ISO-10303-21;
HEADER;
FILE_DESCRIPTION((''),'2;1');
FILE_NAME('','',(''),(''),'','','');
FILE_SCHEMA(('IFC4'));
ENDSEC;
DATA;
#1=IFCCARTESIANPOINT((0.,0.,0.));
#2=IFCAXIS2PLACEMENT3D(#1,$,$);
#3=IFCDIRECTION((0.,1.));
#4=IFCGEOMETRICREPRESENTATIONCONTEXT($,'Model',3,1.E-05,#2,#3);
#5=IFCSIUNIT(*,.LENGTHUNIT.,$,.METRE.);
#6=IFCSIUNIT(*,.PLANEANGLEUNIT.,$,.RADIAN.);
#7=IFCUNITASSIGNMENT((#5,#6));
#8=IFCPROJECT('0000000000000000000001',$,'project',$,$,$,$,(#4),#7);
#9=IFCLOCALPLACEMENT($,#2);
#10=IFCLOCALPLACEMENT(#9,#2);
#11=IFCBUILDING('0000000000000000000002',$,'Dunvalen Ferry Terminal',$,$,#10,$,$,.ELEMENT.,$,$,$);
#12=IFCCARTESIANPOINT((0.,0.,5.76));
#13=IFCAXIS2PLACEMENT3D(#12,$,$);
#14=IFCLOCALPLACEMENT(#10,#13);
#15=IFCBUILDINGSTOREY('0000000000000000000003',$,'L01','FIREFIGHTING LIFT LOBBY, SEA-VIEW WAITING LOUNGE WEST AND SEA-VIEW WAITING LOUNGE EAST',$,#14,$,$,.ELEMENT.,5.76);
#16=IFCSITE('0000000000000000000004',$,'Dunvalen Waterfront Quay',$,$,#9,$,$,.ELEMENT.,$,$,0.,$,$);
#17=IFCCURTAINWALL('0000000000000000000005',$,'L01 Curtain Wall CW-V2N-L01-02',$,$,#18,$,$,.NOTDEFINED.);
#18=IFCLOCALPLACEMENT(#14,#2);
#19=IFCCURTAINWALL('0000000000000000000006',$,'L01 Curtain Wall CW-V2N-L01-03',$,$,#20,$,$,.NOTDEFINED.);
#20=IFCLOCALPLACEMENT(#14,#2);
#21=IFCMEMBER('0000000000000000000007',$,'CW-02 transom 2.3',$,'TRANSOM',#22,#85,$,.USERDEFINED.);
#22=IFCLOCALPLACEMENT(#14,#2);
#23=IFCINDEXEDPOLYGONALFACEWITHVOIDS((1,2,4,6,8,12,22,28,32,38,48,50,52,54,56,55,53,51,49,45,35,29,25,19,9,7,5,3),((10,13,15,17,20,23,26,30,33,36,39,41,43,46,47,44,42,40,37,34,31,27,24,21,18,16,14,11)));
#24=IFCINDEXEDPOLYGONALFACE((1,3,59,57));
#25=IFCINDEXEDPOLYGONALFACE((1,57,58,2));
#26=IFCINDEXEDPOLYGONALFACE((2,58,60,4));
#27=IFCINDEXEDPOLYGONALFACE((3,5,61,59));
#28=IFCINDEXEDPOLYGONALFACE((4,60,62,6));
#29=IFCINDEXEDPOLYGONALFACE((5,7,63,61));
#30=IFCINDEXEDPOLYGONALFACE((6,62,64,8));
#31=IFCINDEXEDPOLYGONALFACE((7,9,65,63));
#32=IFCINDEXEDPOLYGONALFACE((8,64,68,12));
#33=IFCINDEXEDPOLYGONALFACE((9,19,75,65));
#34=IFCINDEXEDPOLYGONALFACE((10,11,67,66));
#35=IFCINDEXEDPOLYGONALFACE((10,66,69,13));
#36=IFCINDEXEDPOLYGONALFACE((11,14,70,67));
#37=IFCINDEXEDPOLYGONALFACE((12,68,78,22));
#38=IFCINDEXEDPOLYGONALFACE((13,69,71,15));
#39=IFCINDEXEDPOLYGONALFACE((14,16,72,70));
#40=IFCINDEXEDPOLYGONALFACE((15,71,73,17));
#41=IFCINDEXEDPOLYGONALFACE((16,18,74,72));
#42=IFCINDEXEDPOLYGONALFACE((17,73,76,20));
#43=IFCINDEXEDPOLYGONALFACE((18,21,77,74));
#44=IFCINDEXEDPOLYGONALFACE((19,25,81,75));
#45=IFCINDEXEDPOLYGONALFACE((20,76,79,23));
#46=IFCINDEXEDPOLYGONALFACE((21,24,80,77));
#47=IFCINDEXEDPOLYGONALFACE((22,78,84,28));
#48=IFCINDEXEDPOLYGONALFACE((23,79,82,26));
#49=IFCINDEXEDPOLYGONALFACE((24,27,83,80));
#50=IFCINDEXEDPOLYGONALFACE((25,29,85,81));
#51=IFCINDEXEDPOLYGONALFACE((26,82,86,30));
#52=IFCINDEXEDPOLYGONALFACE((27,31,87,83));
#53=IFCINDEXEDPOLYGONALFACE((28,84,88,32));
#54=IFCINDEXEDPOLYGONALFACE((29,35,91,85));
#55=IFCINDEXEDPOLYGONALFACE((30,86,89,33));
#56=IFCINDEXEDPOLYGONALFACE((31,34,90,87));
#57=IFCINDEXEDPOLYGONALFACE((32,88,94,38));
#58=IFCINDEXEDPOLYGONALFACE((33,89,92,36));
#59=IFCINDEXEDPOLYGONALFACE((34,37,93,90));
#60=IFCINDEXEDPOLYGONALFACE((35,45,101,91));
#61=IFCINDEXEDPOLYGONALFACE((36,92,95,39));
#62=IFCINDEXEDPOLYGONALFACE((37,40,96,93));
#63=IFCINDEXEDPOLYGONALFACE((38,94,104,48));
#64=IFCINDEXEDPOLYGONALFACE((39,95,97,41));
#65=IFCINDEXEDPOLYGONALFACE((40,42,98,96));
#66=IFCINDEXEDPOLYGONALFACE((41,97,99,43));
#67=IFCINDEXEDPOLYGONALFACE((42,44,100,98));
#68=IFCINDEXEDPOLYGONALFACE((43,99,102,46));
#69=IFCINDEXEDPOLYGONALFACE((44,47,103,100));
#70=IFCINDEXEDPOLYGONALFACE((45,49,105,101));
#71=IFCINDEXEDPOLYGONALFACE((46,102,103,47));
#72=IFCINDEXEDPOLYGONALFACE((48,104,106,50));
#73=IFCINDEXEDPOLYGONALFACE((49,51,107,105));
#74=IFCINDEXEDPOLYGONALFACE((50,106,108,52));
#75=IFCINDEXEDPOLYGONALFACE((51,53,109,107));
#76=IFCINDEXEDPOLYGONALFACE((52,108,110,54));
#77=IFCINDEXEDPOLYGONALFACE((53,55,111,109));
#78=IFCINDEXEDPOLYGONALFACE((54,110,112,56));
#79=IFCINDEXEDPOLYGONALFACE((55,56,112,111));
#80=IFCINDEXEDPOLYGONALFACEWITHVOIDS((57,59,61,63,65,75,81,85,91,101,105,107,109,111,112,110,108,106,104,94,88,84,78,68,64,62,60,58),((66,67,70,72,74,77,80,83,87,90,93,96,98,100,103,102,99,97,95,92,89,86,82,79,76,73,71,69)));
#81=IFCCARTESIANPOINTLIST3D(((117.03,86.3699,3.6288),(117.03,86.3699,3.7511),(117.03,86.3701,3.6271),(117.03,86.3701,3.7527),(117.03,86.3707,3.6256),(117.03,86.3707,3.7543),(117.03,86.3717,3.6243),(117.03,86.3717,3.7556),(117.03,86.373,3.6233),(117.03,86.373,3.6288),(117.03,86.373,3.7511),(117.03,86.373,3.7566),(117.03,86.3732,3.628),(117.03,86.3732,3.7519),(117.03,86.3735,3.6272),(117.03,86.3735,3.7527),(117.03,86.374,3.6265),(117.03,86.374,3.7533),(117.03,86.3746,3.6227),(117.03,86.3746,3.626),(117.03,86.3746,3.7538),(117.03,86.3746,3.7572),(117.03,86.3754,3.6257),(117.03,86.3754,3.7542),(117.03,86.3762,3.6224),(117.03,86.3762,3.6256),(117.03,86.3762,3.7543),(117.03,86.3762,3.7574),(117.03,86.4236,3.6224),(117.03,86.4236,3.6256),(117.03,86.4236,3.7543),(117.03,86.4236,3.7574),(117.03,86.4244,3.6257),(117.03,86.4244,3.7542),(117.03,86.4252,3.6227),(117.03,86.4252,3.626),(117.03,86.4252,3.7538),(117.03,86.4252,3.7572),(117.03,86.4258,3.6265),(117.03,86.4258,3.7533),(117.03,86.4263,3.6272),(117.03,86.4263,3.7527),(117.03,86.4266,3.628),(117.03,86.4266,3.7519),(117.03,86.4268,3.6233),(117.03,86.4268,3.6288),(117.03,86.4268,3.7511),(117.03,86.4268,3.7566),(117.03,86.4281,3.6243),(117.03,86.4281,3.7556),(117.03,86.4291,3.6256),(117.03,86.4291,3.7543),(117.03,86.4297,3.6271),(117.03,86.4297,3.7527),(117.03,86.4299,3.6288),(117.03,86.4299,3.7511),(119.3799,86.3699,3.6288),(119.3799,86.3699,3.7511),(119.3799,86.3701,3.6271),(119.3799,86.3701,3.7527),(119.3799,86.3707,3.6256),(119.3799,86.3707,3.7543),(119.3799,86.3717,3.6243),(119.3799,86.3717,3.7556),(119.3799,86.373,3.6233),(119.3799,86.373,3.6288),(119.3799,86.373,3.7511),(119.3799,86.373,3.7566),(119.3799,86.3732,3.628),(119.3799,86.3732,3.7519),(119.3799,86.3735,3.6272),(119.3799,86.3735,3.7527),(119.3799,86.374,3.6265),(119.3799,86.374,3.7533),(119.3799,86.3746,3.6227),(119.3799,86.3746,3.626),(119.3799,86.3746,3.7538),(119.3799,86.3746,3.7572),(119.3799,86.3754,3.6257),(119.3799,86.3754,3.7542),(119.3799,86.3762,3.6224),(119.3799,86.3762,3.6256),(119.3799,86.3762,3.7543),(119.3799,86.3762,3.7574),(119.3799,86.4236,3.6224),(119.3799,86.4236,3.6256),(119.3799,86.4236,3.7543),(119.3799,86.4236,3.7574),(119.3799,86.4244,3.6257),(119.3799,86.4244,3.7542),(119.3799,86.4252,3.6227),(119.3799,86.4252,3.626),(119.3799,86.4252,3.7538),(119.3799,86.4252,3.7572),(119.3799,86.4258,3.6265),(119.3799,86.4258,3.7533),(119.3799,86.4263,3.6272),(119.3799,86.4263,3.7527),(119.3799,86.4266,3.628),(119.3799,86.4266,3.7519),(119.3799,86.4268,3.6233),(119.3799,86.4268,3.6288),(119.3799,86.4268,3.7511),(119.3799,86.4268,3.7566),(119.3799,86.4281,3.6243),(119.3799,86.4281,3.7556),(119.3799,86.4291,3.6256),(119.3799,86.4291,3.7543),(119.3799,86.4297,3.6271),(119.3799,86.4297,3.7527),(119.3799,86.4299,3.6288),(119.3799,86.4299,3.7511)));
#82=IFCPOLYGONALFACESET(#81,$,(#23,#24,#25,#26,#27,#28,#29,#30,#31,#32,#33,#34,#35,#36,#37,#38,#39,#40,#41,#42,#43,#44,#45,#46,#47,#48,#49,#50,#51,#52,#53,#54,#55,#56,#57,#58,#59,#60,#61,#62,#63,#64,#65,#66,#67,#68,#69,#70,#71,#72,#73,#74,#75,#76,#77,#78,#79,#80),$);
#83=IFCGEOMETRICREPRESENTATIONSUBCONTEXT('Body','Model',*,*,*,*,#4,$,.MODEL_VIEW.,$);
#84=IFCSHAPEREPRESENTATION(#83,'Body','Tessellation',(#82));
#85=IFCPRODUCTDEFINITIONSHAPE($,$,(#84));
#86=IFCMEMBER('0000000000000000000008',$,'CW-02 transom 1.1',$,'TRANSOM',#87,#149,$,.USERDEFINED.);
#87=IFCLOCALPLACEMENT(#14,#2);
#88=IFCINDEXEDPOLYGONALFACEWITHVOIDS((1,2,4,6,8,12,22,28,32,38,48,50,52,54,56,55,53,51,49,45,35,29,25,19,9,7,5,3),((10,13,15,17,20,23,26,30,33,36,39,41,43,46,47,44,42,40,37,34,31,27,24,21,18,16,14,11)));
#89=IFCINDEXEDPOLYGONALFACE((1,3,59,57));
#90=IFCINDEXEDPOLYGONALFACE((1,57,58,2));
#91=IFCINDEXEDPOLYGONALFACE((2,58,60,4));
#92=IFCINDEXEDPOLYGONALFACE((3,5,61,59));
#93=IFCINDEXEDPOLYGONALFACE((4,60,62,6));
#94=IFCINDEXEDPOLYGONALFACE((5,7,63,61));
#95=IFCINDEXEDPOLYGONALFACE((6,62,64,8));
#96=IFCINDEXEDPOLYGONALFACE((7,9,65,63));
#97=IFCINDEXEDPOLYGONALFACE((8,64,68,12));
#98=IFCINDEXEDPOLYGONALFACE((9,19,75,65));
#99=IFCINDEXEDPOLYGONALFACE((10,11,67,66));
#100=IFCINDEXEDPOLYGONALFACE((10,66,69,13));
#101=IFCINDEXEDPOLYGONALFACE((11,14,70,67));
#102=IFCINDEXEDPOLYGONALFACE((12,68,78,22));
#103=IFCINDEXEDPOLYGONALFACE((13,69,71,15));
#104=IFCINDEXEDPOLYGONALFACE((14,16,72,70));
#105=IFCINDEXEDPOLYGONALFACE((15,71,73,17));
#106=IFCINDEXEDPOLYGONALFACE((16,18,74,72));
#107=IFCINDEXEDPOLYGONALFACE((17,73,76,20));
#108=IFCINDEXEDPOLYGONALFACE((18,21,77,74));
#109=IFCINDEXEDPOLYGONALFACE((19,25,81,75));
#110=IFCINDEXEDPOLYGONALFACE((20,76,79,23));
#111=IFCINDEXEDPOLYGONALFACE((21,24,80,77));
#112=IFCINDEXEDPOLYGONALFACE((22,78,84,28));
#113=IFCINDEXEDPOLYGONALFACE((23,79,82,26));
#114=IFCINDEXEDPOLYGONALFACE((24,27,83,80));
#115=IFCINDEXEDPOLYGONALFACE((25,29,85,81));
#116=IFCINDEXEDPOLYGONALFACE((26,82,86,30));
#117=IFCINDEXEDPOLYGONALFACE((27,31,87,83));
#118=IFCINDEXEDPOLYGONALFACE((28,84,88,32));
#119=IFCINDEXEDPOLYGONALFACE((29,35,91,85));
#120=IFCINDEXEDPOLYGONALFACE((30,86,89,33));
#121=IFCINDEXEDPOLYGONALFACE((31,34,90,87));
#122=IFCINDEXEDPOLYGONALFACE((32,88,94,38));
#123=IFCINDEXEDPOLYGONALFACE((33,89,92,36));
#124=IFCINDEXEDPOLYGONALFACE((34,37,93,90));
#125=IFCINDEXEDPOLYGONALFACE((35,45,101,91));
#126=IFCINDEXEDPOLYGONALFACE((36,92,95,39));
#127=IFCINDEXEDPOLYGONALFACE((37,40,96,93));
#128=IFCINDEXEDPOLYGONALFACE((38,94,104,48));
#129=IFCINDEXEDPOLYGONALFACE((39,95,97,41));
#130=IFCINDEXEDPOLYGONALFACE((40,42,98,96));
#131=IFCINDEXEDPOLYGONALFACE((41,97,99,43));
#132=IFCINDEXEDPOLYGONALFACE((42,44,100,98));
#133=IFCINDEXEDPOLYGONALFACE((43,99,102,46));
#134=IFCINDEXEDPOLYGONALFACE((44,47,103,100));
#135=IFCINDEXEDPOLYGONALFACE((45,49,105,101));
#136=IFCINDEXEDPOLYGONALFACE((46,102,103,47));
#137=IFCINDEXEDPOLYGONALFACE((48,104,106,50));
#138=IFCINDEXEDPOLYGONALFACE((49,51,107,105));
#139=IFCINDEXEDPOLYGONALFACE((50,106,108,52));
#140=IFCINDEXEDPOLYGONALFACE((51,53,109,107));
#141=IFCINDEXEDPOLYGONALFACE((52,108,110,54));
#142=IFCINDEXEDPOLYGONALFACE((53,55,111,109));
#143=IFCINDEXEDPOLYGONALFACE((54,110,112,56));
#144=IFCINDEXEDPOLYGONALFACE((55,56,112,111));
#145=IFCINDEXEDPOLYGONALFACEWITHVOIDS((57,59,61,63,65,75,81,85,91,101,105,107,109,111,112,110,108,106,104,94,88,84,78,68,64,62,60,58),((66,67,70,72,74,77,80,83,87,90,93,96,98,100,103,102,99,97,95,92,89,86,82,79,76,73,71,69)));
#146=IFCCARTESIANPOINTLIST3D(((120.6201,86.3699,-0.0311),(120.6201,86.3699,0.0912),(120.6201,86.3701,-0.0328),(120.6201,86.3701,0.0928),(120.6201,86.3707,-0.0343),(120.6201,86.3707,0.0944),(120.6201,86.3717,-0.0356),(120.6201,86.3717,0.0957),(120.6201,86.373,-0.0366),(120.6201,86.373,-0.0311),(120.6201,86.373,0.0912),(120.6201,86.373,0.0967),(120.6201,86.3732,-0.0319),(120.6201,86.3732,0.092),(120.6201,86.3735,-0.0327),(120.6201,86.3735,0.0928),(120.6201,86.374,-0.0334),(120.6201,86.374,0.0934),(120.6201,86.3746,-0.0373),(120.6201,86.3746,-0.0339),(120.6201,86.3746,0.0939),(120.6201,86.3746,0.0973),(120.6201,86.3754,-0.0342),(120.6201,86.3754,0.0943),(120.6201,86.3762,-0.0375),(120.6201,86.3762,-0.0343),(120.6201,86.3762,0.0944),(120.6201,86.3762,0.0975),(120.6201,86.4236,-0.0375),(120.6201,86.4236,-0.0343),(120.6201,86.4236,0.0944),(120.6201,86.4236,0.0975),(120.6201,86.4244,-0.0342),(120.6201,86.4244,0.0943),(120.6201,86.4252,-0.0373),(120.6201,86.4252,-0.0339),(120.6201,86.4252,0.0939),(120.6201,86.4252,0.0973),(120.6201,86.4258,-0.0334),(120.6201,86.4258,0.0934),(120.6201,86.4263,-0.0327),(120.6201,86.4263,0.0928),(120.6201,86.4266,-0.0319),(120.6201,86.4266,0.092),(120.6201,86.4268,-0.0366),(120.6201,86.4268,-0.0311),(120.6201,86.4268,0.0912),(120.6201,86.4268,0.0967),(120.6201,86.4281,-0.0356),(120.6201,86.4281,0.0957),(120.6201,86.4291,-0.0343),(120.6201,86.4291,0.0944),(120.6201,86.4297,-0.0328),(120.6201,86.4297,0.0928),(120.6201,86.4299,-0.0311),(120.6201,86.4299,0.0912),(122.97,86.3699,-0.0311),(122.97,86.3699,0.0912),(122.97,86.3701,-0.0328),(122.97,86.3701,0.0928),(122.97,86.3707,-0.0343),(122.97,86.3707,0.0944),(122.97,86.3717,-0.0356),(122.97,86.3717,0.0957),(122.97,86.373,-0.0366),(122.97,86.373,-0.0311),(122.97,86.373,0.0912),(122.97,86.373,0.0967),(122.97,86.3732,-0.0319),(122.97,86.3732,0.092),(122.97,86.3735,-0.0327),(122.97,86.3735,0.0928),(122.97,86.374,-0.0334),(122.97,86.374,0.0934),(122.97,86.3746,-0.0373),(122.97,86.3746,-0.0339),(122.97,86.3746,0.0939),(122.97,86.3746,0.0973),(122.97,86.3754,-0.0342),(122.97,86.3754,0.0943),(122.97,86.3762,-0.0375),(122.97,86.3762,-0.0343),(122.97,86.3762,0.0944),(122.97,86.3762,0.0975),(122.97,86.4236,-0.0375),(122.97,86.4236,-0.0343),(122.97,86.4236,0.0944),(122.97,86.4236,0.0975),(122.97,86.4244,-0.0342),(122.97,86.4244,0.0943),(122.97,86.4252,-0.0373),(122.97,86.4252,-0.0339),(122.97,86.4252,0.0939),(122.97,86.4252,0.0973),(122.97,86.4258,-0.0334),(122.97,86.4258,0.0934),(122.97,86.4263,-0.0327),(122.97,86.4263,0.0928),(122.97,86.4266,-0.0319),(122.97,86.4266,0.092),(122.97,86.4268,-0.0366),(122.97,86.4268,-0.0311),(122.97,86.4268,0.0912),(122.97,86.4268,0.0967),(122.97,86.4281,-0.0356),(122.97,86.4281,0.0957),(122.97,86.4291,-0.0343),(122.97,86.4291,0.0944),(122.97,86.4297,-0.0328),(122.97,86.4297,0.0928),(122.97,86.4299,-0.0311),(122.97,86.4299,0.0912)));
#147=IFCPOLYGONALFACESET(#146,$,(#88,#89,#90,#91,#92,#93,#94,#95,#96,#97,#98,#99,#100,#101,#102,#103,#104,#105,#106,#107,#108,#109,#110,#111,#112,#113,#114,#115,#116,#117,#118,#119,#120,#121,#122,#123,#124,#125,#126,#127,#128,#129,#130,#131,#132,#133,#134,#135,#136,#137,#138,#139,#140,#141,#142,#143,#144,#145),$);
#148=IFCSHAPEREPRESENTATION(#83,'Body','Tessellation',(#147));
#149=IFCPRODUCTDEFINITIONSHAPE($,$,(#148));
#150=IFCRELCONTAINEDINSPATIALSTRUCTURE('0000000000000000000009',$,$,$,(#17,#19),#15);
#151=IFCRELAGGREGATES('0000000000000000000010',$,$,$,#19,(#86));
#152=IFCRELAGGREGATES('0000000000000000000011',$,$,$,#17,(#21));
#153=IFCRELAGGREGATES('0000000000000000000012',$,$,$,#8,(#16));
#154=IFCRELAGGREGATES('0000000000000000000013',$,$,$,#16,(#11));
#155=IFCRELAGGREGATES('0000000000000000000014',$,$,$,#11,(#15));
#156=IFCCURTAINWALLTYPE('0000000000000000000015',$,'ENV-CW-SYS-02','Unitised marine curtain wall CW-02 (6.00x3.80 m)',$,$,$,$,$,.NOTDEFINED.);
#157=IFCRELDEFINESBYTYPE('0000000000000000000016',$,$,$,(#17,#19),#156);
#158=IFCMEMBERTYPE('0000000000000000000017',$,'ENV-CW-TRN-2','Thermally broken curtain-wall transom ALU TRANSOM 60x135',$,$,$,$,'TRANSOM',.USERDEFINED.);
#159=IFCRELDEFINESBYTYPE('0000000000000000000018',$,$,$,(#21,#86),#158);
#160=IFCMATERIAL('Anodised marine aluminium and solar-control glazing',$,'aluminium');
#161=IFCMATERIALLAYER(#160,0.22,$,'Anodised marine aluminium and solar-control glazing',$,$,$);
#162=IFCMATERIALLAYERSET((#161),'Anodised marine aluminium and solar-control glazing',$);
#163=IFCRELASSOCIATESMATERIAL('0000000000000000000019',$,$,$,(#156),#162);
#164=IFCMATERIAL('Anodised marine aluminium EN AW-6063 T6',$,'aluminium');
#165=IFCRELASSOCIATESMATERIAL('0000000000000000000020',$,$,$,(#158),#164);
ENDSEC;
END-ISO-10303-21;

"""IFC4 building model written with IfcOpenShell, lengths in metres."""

from ifc_helpers import new_model, si_unit, direction, frame, origin, origin_2d, place, context, subcontext, project, spatial, hollow_rectangle, extrude, material, layer, layer_set, material_profile, profile_set, type_object, element, aggregate, save


model = new_model("IFC4")

# Units and contexts
model_context = context("Model", 3, precision=1e-05, world=origin(), true_north=direction((0.0, 1.0)))
body_context = subcontext(model_context, "Body", "Model", "MODEL_VIEW")
ifc_project = project(units=[si_unit("LENGTHUNIT", "METRE"), si_unit("PLANEANGLEUNIT", "RADIAN")], contexts=[model_context])

# Site, building, storey
site_placement = place(None, origin())
site = spatial("IfcSite", under=ifc_project, at=site_placement, Name="Dunvalen Waterfront Quay", CompositionType="ELEMENT", RefElevation=0.0)
building_placement = place(site_placement, origin())
building = spatial("IfcBuilding", under=site, at=building_placement, Name="Dunvalen Ferry Terminal", CompositionType="ELEMENT")
storey_placement = place(building_placement, frame((0.0, 0.0, 5.76)))
storey = spatial("IfcBuildingStorey", under=building, at=storey_placement, Name="L01", Description="FIREFIGHTING LIFT LOBBY, SEA-VIEW WAITING LOUNGE WEST AND SEA-VIEW WAITING LOUNGE EAST", CompositionType="ELEMENT", Elevation=5.76)

# Shared definitions
ifc_material_1 = material(Name="Anodised marine aluminium and solar-control glazing", Category="aluminium")
ifc_layer_1 = layer(ifc_material_1, 0.22, Name="Anodised marine aluminium and solar-control glazing")
ifc_layer_set_1 = layer_set([ifc_layer_1], Name="Anodised marine aluminium and solar-control glazing")
curtain_wall_type = type_object("IfcCurtainWallType", Name="ENV-CW-SYS-02", Description="Unitised marine curtain wall CW-02 (6.00x3.80 m)", PredefinedType="NOTDEFINED", material=ifc_layer_set_1)
ifc_material_2 = material(Name="Anodised marine aluminium EN AW-6063 T6", Category="aluminium")

# Curtain wall
curtain_wall_1_placement = place(storey_placement, origin())
curtain_wall_1 = element("IfcCurtainWall", 1, at=curtain_wall_1_placement, inside=storey, type_object=curtain_wall_type, Name="L01 Curtain Wall CW-V2N-L01-02", PredefinedType="NOTDEFINED")

# Curtain wall
curtain_wall_2_placement = place(storey_placement, origin())
curtain_wall_2 = element("IfcCurtainWall", 2, at=curtain_wall_2_placement, inside=storey, type_object=curtain_wall_type, Name="L01 Curtain Wall CW-V2N-L01-03", PredefinedType="NOTDEFINED")

# Members
ifc_material_profile_1 = material_profile(ifc_material_2, hollow_rectangle(XDim=0.0601, YDim=0.135, WallThickness=0.0032, InnerFilletRadius=0.0032, OuterFilletRadius=0.0063, at=origin_2d()), Name="Anodised marine aluminium EN AW-6063 T6")
ifc_profile_set_1 = profile_set([ifc_material_profile_1], Name="Anodised marine aluminium EN AW-6063 T6")
member_type_1 = type_object("IfcMemberType", Name="ENV-CW-TRN-2", Description="Thermally broken curtain-wall transom ALU TRANSOM 60x135", ElementType="TRANSOM", PredefinedType="USERDEFINED", material=ifc_profile_set_1)
member_1_placement = place(storey_placement, frame((117.03, 86.3999, 3.6899), z_axis=(1.0, 0.0, 0.0), x_axis=(0.0, 1.0, 0.0)))
member_1 = element("IfcMember", 3, at=member_1_placement, type_object=member_type_1, Name="CW-02 transom 2.3", ObjectType="TRANSOM", PredefinedType="USERDEFINED", context=body_context, shape_type="SweptSolid", body=[
    extrude(hollow_rectangle(XDim=0.0601, YDim=0.135, WallThickness=0.0032, InnerFilletRadius=0.0032, OuterFilletRadius=0.0063, at=origin_2d()), origin(), (0.0, 0.0, 1.0), 2.3499),
])
member_2_placement = place(storey_placement, frame((120.6201, 86.3999, 0.03), z_axis=(1.0, 0.0, 0.0), x_axis=(0.0, 1.0, 0.0)))
member_2 = element("IfcMember", 4, at=member_2_placement, type_object=member_type_1, Name="CW-02 transom 1.1", ObjectType="TRANSOM", PredefinedType="USERDEFINED", context=body_context, shape_type="SweptSolid", body=[
    extrude(hollow_rectangle(XDim=0.0601, YDim=0.135, WallThickness=0.0032, InnerFilletRadius=0.0032, OuterFilletRadius=0.0063, at=origin_2d()), origin(), (0.0, 0.0, 1.0), 2.3499),
])
aggregate(curtain_wall_2, [member_2])

aggregate(curtain_wall_1, [member_1])

save(model, "model.ifc")
